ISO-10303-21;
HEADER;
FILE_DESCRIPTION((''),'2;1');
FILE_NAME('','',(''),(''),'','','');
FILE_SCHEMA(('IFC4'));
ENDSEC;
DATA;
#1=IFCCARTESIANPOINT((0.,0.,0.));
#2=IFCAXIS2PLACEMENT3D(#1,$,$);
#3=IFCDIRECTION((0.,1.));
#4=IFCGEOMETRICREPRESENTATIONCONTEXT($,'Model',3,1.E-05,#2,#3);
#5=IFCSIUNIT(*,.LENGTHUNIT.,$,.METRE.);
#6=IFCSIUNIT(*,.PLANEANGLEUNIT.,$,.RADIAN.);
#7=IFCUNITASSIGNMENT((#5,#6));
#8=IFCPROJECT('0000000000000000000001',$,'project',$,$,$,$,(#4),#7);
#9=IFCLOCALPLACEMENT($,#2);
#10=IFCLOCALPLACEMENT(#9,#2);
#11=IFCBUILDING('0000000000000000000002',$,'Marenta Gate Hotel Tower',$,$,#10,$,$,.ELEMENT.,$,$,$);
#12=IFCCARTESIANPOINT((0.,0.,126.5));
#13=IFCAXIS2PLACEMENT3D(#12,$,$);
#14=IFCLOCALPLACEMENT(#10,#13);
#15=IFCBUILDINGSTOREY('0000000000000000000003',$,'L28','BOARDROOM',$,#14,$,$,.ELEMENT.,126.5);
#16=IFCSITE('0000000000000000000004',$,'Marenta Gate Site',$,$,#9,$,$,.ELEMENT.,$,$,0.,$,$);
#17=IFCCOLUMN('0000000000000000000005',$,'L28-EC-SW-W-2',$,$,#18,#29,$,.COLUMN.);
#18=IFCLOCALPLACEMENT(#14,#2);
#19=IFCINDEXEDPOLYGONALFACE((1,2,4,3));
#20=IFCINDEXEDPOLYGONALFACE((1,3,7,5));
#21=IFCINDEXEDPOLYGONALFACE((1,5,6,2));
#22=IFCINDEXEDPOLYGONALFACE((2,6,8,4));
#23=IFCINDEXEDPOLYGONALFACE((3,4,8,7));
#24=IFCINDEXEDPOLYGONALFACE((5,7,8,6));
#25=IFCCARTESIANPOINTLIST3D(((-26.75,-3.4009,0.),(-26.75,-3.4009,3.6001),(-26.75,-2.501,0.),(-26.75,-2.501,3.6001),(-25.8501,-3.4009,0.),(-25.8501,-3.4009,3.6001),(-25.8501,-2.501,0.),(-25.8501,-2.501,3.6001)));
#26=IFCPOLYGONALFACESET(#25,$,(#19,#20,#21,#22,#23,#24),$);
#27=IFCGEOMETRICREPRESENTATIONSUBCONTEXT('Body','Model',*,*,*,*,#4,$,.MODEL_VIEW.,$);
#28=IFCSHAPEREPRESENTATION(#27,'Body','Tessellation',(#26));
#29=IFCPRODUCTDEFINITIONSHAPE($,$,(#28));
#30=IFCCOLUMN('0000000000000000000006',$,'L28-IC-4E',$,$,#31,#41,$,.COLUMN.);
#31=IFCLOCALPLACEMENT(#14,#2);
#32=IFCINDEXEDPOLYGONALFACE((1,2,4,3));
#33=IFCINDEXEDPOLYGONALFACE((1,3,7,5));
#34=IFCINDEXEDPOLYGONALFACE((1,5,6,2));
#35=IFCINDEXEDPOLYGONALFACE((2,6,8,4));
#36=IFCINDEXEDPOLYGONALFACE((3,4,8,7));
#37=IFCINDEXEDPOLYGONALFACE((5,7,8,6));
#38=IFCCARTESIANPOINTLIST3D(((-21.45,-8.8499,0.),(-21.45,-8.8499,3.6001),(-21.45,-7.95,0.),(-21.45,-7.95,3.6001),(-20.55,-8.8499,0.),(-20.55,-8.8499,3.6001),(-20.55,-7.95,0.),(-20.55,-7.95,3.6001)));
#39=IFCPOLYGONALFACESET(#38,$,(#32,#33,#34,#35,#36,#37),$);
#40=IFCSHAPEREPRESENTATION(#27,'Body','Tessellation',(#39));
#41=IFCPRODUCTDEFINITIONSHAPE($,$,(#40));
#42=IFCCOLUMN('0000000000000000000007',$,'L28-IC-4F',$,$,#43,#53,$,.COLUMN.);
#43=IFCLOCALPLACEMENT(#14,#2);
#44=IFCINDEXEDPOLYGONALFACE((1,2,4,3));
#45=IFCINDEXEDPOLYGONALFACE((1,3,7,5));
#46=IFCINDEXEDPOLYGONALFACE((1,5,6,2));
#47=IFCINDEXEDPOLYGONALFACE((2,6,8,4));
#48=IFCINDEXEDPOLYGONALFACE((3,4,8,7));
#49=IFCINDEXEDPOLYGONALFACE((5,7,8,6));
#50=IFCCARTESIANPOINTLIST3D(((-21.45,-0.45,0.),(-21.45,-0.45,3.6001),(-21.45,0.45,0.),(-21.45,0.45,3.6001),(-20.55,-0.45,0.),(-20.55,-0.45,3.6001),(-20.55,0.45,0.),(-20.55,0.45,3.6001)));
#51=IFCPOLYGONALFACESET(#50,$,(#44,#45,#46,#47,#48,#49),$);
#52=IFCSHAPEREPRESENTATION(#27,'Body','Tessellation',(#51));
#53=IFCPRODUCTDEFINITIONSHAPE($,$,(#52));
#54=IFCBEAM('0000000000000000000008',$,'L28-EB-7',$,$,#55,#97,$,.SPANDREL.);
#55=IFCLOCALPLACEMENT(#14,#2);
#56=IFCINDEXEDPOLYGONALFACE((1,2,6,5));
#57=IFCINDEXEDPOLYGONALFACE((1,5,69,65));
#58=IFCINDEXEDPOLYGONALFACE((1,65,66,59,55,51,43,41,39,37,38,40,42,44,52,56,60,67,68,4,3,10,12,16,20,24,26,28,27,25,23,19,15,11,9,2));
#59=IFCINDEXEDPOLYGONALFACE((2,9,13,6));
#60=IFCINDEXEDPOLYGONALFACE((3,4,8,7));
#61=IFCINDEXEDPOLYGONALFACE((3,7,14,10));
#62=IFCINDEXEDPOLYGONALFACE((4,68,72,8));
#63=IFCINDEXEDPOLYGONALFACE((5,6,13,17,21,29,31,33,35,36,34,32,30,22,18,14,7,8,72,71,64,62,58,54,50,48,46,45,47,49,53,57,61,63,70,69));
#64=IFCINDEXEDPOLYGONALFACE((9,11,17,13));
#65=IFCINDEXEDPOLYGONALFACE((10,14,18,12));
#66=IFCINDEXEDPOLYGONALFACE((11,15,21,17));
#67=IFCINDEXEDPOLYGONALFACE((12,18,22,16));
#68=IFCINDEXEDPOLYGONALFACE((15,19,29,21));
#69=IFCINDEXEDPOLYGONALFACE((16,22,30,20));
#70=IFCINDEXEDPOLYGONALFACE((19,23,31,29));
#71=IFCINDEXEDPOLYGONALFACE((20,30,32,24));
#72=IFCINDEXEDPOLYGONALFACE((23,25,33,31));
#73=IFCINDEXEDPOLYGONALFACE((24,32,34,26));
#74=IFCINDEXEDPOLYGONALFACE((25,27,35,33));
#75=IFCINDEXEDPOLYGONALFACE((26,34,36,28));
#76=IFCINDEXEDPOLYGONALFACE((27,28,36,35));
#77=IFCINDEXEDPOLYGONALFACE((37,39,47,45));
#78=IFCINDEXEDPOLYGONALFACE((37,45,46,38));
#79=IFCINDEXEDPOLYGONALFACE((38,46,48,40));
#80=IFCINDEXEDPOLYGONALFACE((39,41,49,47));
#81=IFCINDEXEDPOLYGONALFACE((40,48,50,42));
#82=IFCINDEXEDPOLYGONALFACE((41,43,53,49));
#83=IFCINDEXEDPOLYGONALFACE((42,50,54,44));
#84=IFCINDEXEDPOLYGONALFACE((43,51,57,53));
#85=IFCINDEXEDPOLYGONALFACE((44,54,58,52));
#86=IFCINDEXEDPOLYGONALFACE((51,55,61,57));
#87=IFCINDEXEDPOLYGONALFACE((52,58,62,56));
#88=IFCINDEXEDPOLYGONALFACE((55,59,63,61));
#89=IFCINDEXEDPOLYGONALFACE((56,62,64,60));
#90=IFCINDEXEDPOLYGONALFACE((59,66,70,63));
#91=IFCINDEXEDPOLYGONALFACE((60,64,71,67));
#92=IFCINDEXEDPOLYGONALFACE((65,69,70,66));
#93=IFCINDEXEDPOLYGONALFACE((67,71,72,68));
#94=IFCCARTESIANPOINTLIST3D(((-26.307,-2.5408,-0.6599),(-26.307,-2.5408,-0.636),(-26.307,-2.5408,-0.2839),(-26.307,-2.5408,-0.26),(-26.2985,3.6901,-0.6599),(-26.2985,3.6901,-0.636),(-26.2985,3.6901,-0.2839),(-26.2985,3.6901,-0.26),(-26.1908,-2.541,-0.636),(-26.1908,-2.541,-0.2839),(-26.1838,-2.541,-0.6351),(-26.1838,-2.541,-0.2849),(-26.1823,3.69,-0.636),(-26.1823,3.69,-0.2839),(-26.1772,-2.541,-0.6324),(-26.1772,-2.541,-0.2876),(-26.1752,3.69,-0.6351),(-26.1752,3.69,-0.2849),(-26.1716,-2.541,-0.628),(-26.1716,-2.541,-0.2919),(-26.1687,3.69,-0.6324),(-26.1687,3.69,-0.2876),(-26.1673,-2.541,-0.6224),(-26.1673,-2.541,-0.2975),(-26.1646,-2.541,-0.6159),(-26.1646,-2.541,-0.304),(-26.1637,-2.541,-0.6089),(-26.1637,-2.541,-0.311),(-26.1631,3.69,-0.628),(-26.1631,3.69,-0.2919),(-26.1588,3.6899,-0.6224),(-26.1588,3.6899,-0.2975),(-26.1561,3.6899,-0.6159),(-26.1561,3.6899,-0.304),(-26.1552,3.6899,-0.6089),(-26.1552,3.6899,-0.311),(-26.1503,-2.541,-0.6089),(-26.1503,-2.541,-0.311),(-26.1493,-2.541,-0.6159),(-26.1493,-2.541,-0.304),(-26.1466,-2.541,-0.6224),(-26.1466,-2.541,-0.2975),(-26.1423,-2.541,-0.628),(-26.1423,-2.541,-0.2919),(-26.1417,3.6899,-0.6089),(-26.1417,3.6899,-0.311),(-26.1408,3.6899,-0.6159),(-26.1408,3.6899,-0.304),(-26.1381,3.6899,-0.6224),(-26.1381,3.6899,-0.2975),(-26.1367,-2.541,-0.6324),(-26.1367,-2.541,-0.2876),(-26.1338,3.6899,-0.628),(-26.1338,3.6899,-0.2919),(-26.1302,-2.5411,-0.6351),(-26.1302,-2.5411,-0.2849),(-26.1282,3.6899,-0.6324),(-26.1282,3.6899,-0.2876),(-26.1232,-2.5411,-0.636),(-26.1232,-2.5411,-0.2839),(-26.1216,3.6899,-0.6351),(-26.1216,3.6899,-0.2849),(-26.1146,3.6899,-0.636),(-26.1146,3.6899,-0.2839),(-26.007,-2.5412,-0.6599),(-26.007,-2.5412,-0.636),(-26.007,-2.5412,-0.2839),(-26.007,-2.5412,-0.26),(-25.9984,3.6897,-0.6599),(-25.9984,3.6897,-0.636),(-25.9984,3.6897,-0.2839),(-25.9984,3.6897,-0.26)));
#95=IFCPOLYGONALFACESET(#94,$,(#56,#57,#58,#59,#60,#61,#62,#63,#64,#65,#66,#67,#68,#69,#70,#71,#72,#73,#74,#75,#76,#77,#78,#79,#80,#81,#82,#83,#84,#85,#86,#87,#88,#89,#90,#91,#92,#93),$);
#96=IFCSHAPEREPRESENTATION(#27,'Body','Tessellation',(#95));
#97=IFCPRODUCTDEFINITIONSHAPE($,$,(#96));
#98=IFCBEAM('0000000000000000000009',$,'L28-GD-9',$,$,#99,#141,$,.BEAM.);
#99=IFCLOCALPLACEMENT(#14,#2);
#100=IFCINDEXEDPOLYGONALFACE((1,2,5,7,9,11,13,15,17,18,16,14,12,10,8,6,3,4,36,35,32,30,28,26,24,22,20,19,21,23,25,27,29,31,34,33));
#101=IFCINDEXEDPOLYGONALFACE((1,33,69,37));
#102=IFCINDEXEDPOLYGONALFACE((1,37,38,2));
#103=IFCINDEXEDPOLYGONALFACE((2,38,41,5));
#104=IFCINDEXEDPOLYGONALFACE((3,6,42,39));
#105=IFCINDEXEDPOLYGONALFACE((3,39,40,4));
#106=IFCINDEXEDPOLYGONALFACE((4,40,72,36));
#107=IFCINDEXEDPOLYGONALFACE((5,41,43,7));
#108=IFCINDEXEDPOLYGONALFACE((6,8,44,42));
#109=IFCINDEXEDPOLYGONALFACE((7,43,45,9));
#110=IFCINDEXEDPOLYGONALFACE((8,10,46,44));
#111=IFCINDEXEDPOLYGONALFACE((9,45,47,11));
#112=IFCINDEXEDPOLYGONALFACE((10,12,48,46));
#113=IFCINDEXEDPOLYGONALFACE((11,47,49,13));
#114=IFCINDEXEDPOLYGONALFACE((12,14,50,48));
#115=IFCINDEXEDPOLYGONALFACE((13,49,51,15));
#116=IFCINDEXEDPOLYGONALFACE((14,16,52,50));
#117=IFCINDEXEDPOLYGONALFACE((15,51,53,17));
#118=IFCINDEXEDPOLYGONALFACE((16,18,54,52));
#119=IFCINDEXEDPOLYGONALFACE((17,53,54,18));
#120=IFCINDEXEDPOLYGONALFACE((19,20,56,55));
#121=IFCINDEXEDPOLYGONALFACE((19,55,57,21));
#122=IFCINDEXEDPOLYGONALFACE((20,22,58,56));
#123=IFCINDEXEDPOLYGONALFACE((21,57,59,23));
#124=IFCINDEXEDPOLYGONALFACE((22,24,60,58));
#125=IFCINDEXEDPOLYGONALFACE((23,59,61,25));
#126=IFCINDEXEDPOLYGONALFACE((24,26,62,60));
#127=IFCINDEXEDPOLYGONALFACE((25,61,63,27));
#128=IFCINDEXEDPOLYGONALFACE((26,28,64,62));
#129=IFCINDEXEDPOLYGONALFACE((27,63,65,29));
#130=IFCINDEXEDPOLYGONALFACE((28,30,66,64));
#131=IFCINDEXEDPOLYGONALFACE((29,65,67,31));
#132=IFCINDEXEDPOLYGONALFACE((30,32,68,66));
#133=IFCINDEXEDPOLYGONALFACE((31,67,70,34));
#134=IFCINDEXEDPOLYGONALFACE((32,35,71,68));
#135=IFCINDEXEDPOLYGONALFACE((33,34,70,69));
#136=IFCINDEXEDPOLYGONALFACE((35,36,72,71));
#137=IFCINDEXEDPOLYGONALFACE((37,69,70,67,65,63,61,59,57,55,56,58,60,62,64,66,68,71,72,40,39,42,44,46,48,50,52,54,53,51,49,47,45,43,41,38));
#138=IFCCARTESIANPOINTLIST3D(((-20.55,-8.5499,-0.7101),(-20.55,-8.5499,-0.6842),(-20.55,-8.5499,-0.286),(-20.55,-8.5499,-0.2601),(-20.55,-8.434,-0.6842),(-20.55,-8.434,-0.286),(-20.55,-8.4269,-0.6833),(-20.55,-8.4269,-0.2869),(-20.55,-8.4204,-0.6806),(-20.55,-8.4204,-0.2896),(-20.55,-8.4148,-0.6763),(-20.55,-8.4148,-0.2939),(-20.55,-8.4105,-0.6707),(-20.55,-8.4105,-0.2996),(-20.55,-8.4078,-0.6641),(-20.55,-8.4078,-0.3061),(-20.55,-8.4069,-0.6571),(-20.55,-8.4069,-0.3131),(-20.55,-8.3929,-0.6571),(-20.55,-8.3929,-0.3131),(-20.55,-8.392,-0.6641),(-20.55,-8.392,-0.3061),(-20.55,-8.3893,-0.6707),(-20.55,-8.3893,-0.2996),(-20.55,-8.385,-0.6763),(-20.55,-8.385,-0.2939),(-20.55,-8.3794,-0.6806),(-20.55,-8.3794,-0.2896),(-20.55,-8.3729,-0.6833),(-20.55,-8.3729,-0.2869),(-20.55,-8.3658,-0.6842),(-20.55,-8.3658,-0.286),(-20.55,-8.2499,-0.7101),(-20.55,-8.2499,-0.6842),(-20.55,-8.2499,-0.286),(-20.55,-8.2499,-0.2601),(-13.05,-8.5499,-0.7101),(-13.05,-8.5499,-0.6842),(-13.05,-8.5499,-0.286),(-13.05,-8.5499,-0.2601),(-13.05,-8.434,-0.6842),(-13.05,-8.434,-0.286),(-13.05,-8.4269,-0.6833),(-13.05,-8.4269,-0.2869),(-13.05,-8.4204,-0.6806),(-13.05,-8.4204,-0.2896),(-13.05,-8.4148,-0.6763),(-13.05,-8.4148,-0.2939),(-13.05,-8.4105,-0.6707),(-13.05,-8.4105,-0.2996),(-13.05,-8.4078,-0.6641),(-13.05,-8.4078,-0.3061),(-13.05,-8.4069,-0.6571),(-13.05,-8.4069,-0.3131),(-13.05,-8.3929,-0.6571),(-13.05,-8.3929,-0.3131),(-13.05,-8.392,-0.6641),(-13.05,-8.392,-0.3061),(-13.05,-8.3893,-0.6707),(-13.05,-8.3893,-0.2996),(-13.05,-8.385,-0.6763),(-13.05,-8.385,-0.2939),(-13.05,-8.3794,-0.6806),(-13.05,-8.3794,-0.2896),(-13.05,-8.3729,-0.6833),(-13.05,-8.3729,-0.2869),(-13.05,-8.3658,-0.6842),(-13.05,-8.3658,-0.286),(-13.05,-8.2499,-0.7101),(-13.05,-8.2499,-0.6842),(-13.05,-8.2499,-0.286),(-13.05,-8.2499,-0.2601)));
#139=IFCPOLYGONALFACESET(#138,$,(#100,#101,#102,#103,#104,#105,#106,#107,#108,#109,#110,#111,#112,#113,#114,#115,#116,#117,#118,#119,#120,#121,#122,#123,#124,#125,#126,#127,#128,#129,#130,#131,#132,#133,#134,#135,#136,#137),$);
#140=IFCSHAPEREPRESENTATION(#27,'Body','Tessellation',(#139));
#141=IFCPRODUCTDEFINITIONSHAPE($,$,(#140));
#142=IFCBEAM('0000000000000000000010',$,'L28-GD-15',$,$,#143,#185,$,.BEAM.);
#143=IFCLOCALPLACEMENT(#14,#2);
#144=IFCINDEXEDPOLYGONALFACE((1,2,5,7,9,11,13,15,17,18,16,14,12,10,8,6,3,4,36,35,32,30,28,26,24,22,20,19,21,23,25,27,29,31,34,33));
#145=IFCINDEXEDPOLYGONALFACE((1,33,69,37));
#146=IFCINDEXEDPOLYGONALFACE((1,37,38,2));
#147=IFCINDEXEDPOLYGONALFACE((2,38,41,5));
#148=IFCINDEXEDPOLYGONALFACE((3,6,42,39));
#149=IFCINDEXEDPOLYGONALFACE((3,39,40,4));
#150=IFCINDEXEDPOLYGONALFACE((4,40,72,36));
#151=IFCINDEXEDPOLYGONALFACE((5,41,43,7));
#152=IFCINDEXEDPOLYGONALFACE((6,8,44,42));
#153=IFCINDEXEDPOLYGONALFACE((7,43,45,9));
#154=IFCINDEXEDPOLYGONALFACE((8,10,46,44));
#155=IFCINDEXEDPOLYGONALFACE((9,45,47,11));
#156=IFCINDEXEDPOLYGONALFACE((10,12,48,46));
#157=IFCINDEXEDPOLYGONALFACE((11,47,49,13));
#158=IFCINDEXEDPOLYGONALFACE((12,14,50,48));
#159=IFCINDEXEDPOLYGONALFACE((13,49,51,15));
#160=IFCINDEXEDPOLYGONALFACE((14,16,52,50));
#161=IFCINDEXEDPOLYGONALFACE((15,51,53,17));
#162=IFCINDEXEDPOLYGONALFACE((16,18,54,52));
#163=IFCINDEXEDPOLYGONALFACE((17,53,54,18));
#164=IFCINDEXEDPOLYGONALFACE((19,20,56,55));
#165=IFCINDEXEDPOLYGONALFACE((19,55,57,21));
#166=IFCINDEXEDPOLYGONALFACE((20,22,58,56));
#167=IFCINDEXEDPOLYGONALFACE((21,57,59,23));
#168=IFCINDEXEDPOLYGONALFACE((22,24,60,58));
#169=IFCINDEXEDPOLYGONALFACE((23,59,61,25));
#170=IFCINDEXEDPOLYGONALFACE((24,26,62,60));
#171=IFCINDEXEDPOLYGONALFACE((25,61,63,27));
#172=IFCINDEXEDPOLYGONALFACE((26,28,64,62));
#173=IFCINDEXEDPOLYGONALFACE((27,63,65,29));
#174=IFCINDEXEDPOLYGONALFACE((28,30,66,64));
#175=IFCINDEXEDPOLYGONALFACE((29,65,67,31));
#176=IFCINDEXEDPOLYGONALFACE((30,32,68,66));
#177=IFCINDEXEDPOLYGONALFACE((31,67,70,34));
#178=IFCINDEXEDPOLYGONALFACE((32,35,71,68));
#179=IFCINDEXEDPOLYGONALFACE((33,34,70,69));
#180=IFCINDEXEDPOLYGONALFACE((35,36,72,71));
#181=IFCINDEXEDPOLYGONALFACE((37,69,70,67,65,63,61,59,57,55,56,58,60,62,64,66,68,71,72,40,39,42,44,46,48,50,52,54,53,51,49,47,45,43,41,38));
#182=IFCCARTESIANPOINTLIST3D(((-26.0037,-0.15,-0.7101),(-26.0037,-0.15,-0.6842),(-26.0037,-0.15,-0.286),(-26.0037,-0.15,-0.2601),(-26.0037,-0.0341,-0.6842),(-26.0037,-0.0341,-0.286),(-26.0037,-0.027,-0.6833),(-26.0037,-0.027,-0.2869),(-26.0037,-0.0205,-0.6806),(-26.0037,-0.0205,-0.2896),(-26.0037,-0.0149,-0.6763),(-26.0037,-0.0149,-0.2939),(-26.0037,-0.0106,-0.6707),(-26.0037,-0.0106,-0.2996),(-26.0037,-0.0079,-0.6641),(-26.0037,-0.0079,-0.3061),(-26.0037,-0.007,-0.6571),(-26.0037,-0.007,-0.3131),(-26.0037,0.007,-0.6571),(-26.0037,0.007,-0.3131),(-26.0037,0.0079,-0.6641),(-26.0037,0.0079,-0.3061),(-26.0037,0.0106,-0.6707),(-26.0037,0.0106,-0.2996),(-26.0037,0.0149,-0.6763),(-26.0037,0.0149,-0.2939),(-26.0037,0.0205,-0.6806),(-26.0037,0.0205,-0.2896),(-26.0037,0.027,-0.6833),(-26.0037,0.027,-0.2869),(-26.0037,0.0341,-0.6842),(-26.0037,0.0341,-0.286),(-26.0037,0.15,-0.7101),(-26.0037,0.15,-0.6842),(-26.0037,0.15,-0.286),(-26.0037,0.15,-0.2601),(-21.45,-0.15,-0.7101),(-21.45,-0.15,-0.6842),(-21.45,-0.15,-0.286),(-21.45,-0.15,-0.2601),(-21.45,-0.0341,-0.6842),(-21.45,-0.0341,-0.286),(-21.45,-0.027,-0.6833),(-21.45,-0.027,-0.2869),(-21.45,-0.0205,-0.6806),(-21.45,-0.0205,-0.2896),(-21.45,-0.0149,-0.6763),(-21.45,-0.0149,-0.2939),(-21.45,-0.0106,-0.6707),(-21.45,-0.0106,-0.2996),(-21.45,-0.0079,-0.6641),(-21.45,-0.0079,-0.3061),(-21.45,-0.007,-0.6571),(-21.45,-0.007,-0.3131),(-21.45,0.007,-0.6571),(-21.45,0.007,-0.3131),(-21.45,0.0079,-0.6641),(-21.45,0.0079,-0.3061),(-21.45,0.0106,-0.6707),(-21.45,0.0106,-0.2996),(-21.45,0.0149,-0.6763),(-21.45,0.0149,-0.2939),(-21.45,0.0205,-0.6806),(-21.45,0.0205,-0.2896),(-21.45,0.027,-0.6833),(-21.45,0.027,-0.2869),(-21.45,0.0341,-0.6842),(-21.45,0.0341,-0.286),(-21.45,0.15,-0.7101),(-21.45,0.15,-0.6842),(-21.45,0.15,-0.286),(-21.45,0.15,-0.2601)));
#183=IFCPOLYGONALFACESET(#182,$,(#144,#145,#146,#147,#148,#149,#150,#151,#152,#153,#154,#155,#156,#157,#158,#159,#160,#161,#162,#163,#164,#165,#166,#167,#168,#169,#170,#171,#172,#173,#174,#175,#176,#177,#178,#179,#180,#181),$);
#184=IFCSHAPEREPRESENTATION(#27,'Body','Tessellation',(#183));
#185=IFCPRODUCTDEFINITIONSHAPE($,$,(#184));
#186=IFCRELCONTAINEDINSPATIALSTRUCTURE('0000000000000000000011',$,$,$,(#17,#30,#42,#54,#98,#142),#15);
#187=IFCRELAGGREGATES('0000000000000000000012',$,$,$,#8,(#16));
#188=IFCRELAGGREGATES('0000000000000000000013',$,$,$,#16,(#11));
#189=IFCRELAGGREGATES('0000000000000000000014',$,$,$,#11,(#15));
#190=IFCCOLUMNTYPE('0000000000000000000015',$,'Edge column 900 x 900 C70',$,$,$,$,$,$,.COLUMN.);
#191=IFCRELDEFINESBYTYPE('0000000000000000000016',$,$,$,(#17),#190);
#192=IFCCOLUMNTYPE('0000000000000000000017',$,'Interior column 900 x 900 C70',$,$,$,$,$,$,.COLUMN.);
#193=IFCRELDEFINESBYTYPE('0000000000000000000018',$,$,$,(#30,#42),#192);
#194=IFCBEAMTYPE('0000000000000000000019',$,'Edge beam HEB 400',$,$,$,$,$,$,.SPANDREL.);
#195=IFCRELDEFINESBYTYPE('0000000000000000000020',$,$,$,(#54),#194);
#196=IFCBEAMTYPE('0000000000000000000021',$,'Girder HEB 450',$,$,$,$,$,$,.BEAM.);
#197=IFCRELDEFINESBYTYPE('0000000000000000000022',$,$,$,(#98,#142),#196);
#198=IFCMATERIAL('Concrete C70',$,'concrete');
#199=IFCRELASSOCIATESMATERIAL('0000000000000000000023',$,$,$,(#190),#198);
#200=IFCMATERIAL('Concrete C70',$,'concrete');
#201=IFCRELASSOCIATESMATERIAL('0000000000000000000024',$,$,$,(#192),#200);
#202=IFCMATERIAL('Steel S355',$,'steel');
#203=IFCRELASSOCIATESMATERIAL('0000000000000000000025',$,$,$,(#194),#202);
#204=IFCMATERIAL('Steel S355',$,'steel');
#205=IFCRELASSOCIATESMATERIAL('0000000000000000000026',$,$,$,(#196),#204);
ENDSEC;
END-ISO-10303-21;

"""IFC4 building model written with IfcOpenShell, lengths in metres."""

from ifc_helpers import new_model, si_unit, direction, frame, origin, origin_2d, place, context, subcontext, project, spatial, rectangle, i_section, extrude, material, material_profile, profile_set, type_object, element, save


model = new_model("IFC4")

# Units and contexts
model_context = context("Model", 3, precision=1e-05, world=origin(), true_north=direction((0.0, 1.0)))
body_context = subcontext(model_context, "Body", "Model", "MODEL_VIEW")
ifc_project = project(units=[si_unit("LENGTHUNIT", "METRE"), si_unit("PLANEANGLEUNIT", "RADIAN")], contexts=[model_context])

# Site, building, storey
site_placement = place(None, origin())
site = spatial("IfcSite", under=ifc_project, at=site_placement, Name="Marenta Gate Site", CompositionType="ELEMENT", RefElevation=0.0)
building_placement = place(site_placement, origin())
building = spatial("IfcBuilding", under=site, at=building_placement, Name="Marenta Gate Hotel Tower", CompositionType="ELEMENT")
storey_placement = place(building_placement, frame((0.0, 0.0, 126.5)))
storey = spatial("IfcBuildingStorey", under=building, at=storey_placement, Name="L28", Description="BOARDROOM", CompositionType="ELEMENT", Elevation=126.5)

# Columns
ifc_material_1 = material(Name="Concrete C70", Category="concrete")
ifc_material_profile_1 = material_profile(ifc_material_1, rectangle(XDim=0.8999, YDim=0.8999, at=origin_2d()), Name="900 x 900")
ifc_profile_set_1 = profile_set([ifc_material_profile_1], Name="Concrete C70")
column_type_1 = type_object("IfcColumnType", Name="Edge column 900 x 900 C70", PredefinedType="COLUMN", material=ifc_profile_set_1)
column_placement = place(storey_placement, frame((-26.3, -2.9509, 0.0), z_axis=(0.0, 0.0, 1.0), x_axis=(1.0, 0.0, 0.0)))
element("IfcColumn", 1, at=column_placement, inside=storey, type_object=column_type_1, Name="L28-EC-SW-W-2", PredefinedType="COLUMN", context=body_context, shape_type="SweptSolid", body=[
    extrude(rectangle(XDim=0.8999, YDim=0.8999, at=origin_2d()), origin(), (0.0, 0.0, 1.0), 3.6001),
])
ifc_material_2 = material(Name="Concrete C70", Category="concrete")
ifc_material_profile_2 = material_profile(ifc_material_2, rectangle(XDim=0.8999, YDim=0.8999, at=origin_2d()), Name="900 x 900")
ifc_profile_set_2 = profile_set([ifc_material_profile_2], Name="Concrete C70")
column_type_2 = type_object("IfcColumnType", Name="Interior column 900 x 900 C70", PredefinedType="COLUMN", material=ifc_profile_set_2)
for number, where, z_axis, x_axis, name in (
    (2, (-21.0, -8.3999, 0.0), (0.0, 0.0, 1.0), (1.0, 0.0, 0.0), "L28-IC-4E"),
    (3, (-21.0, 0.0, 0.0), (0.0, 0.0, 1.0), (1.0, 0.0, 0.0), "L28-IC-4F"),
):
    element("IfcColumn", number, at=place(storey_placement, frame(where, z_axis=z_axis, x_axis=x_axis)), inside=storey, type_object=column_type_2, Name=name, PredefinedType="COLUMN", context=body_context, shape_type="SweptSolid", body=[
        extrude(rectangle(XDim=0.8999, YDim=0.8999, at=origin_2d()), origin(), (0.0, 0.0, 1.0), 3.6001),
    ])

# Beams
ifc_material_3 = material(Name="Steel S355", Category="steel")
ifc_material_profile_3 = material_profile(ifc_material_3, i_section(OverallWidth=0.3, OverallDepth=0.3999, WebThickness=0.0134, FlangeThickness=0.0239, FilletRadius=0.0271, at=origin_2d()), Name="HEB 400")
ifc_profile_set_3 = profile_set([ifc_material_profile_3], Name="Steel S355")
beam_type_1 = type_object("IfcBeamType", Name="Edge beam HEB 400", PredefinedType="SPANDREL", material=ifc_profile_set_3)
beam_1_placement = place(storey_placement, frame((-26.157, -2.541, -0.46), z_axis=(0.001371, 0.999999, 0.0), x_axis=(-0.999999, 0.001371, 0.0)))
element("IfcBeam", 4, at=beam_1_placement, inside=storey, type_object=beam_type_1, Name="L28-EB-7", PredefinedType="SPANDREL", context=body_context, shape_type="SweptSolid", body=[
    extrude(i_section(OverallWidth=0.3, OverallDepth=0.3999, WebThickness=0.0134, FlangeThickness=0.0239, FilletRadius=0.0271, at=origin_2d()), origin(), (0.0, 0.0, 1.0), 6.231),
])
ifc_material_4 = material(Name="Steel S355", Category="steel")
ifc_material_profile_4 = material_profile(ifc_material_4, i_section(OverallWidth=0.3, OverallDepth=0.45, WebThickness=0.0139, FlangeThickness=0.0259, FilletRadius=0.0271, at=origin_2d()), Name="HEB 450")
ifc_profile_set_4 = profile_set([ifc_material_profile_4], Name="Steel S355")
beam_type_2 = type_object("IfcBeamType", Name="Girder HEB 450", PredefinedType="BEAM", material=ifc_profile_set_4)
beam_2_placement = place(storey_placement, frame((-20.55, -8.3999, -0.4851), z_axis=(1.0, 0.0, 0.0), x_axis=(0.0, 1.0, 0.0)))
element("IfcBeam", 5, at=beam_2_placement, inside=storey, type_object=beam_type_2, Name="L28-GD-9", PredefinedType="BEAM", context=body_context, shape_type="SweptSolid", body=[
    extrude(i_section(OverallWidth=0.3, OverallDepth=0.45, WebThickness=0.0139, FlangeThickness=0.0259, FilletRadius=0.0271, at=origin_2d()), origin(), (0.0, 0.0, 1.0), 7.5),
])
beam_3_placement = place(storey_placement, frame((-26.0037, 0.0, -0.4851), z_axis=(1.0, 0.0, 0.0), x_axis=(0.0, 1.0, 0.0)))
element("IfcBeam", 6, at=beam_3_placement, inside=storey, type_object=beam_type_2, Name="L28-GD-15", PredefinedType="BEAM", context=body_context, shape_type="SweptSolid", body=[
    extrude(i_section(OverallWidth=0.3, OverallDepth=0.45, WebThickness=0.0139, FlangeThickness=0.0259, FilletRadius=0.0271, at=origin_2d()), origin(), (0.0, 0.0, 1.0), 4.5537),
])

save(model, "model.ifc")
